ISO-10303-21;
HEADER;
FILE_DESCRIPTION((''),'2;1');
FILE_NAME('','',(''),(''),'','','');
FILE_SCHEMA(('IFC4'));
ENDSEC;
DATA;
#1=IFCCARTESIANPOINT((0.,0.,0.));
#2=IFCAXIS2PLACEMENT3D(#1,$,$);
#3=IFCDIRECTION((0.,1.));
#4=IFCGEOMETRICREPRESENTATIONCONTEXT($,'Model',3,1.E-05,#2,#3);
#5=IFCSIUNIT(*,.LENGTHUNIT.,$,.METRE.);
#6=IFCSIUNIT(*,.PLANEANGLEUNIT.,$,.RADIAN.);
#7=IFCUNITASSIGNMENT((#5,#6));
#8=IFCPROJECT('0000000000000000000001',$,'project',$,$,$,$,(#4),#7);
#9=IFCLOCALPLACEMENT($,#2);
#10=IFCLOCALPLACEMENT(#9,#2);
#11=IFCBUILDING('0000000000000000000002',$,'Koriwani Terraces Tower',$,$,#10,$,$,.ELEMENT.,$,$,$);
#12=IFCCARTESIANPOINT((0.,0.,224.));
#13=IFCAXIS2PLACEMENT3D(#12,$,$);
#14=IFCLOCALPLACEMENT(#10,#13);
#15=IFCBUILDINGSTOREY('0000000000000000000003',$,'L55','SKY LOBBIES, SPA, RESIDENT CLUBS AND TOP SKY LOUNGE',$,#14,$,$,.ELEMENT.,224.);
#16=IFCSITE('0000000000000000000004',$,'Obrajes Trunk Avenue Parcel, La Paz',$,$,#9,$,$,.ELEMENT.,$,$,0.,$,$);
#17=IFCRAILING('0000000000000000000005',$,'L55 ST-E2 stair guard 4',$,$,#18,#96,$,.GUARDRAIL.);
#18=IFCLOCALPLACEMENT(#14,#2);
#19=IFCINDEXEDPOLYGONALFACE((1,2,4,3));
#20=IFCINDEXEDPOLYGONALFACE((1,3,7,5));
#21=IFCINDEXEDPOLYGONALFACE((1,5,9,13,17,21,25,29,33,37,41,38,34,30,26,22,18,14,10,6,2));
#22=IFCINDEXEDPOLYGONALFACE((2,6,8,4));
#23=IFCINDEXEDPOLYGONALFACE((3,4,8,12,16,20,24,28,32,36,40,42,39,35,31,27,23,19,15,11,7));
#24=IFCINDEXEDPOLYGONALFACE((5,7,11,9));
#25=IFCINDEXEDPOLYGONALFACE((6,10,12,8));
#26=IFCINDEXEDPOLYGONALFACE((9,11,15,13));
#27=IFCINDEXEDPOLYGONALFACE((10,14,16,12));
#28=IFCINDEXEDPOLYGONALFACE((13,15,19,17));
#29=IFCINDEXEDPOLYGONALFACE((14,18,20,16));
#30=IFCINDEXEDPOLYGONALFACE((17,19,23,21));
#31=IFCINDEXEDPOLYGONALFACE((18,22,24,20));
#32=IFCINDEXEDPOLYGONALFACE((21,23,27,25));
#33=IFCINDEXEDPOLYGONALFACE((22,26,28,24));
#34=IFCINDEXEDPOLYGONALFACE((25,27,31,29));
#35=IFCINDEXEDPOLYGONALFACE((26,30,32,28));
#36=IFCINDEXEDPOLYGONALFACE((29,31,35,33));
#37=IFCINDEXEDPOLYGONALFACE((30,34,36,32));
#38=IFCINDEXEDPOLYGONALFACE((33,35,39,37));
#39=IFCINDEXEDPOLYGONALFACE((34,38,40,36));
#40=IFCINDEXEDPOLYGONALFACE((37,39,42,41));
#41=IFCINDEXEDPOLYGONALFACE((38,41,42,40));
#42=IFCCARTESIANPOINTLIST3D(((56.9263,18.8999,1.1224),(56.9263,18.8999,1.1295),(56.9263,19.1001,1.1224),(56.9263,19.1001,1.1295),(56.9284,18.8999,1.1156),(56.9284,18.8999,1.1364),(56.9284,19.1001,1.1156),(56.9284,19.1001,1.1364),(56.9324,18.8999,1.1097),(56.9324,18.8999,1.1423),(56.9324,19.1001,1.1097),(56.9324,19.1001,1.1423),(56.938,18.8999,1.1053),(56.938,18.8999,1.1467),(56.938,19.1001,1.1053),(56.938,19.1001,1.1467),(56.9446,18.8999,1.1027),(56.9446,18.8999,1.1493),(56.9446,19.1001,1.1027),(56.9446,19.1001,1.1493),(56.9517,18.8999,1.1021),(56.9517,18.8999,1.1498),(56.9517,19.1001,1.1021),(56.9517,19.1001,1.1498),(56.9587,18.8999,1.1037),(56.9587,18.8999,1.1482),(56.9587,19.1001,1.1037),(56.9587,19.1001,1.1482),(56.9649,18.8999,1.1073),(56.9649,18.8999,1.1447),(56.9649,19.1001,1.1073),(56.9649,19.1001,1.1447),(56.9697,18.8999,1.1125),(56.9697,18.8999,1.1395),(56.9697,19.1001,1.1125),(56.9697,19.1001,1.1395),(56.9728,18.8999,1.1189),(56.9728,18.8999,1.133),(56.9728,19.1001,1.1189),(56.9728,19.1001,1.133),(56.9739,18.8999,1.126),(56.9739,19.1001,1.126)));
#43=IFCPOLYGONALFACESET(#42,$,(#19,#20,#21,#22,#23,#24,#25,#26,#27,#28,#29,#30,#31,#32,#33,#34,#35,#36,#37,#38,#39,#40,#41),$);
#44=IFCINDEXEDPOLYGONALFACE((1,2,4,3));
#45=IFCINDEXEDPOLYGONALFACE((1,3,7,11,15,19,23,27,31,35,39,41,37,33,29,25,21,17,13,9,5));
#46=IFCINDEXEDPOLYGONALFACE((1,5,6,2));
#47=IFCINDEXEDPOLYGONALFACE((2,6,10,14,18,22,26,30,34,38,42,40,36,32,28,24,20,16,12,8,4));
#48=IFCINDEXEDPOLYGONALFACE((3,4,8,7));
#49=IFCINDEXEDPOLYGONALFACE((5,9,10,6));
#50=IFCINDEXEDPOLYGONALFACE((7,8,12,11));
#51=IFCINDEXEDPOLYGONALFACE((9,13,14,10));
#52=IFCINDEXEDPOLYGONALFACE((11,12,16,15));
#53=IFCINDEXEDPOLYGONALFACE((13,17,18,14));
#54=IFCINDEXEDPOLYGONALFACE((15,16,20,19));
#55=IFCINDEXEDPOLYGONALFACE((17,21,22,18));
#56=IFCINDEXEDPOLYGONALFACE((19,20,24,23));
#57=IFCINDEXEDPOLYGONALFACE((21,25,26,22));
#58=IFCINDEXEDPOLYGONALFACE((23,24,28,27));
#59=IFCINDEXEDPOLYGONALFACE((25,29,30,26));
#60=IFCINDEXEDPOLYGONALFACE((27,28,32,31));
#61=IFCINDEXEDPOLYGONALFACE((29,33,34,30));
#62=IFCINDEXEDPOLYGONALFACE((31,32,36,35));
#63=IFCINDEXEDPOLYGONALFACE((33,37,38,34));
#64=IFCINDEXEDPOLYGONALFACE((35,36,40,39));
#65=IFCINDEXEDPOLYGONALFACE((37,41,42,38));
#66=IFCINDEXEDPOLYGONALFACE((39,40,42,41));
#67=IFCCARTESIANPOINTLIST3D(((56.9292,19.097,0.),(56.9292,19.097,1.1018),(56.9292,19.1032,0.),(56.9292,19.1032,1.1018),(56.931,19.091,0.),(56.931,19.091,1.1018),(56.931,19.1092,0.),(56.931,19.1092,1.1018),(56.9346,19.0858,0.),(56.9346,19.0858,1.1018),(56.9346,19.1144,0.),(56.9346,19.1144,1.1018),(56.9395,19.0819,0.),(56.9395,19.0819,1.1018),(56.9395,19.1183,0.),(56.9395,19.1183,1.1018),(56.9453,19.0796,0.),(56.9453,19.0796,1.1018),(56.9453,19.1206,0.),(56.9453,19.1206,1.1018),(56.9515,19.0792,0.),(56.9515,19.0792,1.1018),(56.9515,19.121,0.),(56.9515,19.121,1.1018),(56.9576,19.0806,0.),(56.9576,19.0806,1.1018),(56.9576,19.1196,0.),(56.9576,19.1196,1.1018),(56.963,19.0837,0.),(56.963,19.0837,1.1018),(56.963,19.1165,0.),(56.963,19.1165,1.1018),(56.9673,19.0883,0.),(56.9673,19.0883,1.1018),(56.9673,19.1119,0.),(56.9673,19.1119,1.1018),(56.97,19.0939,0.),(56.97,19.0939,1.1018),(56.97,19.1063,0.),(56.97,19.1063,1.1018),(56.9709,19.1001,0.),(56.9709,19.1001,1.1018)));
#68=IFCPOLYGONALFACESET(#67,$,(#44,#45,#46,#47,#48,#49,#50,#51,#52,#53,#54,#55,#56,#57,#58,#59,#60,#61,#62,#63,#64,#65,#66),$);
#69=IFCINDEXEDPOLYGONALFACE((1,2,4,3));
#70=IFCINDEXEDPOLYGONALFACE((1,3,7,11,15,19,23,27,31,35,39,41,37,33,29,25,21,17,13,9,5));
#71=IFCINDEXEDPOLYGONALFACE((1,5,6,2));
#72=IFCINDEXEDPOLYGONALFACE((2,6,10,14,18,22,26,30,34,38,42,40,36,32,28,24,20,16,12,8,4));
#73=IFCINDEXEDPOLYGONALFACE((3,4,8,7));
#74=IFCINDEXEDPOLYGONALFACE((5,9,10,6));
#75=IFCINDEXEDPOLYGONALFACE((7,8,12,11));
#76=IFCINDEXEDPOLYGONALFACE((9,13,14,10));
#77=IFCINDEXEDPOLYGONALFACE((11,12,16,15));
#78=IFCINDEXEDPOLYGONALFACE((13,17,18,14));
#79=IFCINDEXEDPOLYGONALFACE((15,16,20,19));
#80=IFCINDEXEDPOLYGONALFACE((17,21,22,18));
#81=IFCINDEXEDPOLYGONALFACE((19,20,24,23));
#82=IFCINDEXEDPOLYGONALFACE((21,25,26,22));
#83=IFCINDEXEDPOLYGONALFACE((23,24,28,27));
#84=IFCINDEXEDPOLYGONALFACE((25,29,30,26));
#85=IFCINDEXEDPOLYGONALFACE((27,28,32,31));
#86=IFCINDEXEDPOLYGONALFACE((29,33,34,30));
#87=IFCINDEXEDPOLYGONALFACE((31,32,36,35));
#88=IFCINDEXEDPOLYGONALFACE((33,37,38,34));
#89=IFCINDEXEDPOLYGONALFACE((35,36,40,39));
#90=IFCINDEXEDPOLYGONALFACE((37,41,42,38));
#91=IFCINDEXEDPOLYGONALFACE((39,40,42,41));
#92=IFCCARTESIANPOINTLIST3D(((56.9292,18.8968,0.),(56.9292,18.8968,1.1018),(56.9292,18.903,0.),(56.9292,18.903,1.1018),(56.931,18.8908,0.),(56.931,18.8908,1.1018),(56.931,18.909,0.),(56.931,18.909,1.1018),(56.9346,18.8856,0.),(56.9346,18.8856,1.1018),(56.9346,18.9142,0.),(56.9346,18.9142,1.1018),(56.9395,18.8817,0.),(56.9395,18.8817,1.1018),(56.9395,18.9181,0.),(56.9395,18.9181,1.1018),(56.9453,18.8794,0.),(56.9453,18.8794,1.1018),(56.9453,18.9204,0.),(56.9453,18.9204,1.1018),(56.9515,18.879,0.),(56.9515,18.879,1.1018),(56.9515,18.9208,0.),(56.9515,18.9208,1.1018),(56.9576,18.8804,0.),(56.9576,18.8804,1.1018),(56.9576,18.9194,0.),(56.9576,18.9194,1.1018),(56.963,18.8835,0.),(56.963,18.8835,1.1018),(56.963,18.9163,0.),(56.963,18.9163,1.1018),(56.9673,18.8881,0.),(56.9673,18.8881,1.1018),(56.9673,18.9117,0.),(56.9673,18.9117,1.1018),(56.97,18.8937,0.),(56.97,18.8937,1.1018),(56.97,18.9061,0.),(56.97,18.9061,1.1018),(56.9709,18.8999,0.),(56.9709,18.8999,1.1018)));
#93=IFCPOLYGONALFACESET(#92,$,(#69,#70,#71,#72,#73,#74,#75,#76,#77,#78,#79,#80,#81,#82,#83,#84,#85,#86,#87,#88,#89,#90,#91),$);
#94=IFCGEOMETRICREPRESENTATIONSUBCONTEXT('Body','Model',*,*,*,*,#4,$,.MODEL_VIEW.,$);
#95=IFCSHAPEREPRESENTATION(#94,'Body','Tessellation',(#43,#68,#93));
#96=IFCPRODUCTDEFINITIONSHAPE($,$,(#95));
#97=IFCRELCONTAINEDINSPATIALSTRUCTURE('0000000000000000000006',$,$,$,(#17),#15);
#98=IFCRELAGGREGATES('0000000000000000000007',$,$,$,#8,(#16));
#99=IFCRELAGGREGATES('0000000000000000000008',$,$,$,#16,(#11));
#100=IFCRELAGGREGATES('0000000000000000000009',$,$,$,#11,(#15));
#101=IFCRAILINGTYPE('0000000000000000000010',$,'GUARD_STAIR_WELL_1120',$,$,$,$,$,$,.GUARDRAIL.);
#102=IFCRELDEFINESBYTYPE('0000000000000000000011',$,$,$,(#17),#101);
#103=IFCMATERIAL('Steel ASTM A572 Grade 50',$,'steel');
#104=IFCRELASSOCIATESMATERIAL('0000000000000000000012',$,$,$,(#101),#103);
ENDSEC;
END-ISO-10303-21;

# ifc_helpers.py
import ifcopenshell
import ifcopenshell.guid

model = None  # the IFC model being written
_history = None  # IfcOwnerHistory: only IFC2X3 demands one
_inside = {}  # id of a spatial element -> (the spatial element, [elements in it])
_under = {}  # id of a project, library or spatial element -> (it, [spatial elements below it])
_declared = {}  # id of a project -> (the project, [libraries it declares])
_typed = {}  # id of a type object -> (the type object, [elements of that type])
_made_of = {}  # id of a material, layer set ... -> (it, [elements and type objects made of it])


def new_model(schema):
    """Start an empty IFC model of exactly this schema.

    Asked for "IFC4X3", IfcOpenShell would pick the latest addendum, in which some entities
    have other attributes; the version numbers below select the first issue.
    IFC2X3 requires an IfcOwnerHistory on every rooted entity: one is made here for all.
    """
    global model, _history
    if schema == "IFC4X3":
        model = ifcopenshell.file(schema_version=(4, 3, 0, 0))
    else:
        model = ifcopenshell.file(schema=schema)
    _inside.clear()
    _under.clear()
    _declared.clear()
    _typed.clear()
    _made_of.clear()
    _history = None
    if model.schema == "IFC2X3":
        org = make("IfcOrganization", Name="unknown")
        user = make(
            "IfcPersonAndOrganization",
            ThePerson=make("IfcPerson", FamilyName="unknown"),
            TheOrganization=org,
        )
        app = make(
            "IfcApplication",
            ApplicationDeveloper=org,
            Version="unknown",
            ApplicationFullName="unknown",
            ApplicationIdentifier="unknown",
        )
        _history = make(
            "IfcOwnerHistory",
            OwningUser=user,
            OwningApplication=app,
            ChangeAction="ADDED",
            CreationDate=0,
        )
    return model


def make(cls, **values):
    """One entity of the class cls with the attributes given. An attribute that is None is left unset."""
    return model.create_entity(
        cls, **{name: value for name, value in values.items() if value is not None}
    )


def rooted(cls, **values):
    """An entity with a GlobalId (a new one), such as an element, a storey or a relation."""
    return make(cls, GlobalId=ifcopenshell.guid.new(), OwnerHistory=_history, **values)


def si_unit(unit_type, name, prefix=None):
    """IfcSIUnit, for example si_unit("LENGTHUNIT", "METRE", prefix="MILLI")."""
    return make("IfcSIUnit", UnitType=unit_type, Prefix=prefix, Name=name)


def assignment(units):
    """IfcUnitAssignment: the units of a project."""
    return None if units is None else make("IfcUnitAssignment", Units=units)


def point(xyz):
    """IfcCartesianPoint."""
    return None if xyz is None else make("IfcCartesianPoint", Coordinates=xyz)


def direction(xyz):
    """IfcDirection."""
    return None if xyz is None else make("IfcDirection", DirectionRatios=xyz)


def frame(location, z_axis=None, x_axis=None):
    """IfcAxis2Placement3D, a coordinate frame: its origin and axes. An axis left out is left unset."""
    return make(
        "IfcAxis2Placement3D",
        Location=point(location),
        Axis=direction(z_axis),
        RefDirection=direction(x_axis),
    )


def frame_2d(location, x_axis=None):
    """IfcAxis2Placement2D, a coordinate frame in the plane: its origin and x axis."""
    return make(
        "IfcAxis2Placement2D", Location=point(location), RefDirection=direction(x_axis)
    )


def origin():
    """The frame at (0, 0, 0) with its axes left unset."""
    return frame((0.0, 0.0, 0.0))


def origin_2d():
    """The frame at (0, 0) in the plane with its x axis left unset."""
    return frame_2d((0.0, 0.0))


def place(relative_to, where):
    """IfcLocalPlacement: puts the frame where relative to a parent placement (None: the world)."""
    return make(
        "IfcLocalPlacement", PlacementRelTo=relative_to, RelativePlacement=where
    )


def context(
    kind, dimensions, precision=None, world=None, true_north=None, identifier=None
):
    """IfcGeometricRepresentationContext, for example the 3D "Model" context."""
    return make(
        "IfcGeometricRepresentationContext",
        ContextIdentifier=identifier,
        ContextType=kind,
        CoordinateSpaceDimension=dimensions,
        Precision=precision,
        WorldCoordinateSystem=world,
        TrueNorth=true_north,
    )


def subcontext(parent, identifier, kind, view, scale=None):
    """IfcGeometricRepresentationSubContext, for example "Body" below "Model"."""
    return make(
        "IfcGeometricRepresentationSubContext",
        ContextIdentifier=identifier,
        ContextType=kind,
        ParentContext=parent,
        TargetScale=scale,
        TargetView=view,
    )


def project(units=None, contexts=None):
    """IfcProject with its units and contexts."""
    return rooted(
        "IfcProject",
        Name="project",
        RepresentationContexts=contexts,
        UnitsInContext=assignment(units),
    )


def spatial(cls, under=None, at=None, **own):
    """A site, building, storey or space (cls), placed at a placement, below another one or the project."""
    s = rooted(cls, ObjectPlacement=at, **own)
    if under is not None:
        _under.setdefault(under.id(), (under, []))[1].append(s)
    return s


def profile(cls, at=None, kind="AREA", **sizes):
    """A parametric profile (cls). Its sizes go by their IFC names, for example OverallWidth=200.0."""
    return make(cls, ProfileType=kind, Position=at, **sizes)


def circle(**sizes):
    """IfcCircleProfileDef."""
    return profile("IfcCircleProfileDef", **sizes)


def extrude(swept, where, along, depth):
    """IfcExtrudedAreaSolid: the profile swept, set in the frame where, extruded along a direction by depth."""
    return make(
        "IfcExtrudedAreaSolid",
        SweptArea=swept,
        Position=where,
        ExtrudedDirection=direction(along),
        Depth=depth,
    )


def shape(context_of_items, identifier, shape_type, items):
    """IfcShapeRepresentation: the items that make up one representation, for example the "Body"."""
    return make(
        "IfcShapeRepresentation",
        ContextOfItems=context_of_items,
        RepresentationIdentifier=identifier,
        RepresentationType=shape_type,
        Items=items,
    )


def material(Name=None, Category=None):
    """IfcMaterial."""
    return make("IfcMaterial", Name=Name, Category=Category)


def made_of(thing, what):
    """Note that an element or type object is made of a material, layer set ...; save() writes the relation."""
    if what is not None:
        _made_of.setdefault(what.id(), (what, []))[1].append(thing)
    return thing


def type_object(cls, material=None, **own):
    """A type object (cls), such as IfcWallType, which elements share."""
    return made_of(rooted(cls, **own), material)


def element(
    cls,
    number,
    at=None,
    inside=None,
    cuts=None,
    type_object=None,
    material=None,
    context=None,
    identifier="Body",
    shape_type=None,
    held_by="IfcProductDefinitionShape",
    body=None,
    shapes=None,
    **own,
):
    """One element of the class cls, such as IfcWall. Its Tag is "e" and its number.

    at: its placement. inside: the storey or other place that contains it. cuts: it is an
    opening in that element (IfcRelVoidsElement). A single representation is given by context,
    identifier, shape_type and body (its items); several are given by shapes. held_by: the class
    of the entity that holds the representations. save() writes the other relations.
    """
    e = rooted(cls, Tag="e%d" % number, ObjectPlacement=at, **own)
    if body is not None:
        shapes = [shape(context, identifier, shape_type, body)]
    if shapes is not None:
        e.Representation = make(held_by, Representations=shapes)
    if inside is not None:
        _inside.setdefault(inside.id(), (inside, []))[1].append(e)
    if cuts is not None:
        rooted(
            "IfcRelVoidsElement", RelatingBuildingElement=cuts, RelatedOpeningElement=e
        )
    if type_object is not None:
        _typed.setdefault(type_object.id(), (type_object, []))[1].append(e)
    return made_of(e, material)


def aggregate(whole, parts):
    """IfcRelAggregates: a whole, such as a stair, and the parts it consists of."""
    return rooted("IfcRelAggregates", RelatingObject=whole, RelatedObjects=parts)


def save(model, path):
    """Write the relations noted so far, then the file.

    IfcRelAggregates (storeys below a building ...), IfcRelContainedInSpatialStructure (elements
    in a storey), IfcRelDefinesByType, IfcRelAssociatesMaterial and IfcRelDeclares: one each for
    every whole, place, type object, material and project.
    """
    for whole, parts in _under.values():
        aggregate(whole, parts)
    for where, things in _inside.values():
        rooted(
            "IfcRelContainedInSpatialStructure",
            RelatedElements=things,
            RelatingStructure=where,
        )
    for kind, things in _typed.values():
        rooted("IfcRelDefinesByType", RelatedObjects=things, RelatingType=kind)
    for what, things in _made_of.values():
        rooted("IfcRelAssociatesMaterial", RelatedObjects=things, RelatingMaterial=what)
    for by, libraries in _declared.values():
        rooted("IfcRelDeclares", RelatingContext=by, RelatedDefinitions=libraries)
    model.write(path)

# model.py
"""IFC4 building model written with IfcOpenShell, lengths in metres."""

from ifc_helpers import new_model, si_unit, direction, frame, origin, origin_2d, place, context, subcontext, project, spatial, circle, extrude, material, type_object, element, save


model = new_model("IFC4")

# Units and contexts
model_context = context("Model", 3, precision=1e-05, world=origin(), true_north=direction((0.0, 1.0)))
body_context = subcontext(model_context, "Body", "Model", "MODEL_VIEW")
ifc_project = project(units=[si_unit("LENGTHUNIT", "METRE"), si_unit("PLANEANGLEUNIT", "RADIAN")], contexts=[model_context])

# Site, building, storey
site_placement = place(None, origin())
site = spatial("IfcSite", under=ifc_project, at=site_placement, Name="Obrajes Trunk Avenue Parcel, La Paz", CompositionType="ELEMENT", RefElevation=0.0)
building_placement = place(site_placement, origin())
building = spatial("IfcBuilding", under=site, at=building_placement, Name="Koriwani Terraces Tower", CompositionType="ELEMENT")
storey_placement = place(building_placement, frame((0.0, 0.0, 224.0)))
storey = spatial("IfcBuildingStorey", under=building, at=storey_placement, Name="L55", Description="SKY LOBBIES, SPA, RESIDENT CLUBS AND TOP SKY LOUNGE", CompositionType="ELEMENT", Elevation=224.0)

# Shared definitions
ifc_material_1 = material(Name="Steel ASTM A572 Grade 50", Category="steel")

# Railing
railing_type_1 = type_object("IfcRailingType", Name="GUARD_STAIR_WELL_1120", PredefinedType="GUARDRAIL", material=ifc_material_1)
railing_1_placement = place(storey_placement, frame((56.95, 19.1001, 0.0)))
element("IfcRailing", 1, at=railing_1_placement, inside=storey, type_object=railing_type_1, Name="L55 ST-E2 stair guard 4", PredefinedType="GUARDRAIL", context=body_context, shape_type="SweptSolid", body=[
    extrude(circle(Radius=0.0239, at=origin_2d()), frame((0.0, 0.0, 1.126), z_axis=(0.0, -1.0, 0.0), x_axis=(1.0, 0.0, 0.0)), (0.0, 0.0, 1.0), 0.2002),
    extrude(circle(Radius=0.021, at=origin_2d()), origin(), (0.0, 0.0, 1.0), 1.1018),
    extrude(circle(Radius=0.021, at=origin_2d()), frame((0.0, -0.2002, 0.0)), (0.0, 0.0, 1.0), 1.1018),
])

save(model, "model.ifc")
